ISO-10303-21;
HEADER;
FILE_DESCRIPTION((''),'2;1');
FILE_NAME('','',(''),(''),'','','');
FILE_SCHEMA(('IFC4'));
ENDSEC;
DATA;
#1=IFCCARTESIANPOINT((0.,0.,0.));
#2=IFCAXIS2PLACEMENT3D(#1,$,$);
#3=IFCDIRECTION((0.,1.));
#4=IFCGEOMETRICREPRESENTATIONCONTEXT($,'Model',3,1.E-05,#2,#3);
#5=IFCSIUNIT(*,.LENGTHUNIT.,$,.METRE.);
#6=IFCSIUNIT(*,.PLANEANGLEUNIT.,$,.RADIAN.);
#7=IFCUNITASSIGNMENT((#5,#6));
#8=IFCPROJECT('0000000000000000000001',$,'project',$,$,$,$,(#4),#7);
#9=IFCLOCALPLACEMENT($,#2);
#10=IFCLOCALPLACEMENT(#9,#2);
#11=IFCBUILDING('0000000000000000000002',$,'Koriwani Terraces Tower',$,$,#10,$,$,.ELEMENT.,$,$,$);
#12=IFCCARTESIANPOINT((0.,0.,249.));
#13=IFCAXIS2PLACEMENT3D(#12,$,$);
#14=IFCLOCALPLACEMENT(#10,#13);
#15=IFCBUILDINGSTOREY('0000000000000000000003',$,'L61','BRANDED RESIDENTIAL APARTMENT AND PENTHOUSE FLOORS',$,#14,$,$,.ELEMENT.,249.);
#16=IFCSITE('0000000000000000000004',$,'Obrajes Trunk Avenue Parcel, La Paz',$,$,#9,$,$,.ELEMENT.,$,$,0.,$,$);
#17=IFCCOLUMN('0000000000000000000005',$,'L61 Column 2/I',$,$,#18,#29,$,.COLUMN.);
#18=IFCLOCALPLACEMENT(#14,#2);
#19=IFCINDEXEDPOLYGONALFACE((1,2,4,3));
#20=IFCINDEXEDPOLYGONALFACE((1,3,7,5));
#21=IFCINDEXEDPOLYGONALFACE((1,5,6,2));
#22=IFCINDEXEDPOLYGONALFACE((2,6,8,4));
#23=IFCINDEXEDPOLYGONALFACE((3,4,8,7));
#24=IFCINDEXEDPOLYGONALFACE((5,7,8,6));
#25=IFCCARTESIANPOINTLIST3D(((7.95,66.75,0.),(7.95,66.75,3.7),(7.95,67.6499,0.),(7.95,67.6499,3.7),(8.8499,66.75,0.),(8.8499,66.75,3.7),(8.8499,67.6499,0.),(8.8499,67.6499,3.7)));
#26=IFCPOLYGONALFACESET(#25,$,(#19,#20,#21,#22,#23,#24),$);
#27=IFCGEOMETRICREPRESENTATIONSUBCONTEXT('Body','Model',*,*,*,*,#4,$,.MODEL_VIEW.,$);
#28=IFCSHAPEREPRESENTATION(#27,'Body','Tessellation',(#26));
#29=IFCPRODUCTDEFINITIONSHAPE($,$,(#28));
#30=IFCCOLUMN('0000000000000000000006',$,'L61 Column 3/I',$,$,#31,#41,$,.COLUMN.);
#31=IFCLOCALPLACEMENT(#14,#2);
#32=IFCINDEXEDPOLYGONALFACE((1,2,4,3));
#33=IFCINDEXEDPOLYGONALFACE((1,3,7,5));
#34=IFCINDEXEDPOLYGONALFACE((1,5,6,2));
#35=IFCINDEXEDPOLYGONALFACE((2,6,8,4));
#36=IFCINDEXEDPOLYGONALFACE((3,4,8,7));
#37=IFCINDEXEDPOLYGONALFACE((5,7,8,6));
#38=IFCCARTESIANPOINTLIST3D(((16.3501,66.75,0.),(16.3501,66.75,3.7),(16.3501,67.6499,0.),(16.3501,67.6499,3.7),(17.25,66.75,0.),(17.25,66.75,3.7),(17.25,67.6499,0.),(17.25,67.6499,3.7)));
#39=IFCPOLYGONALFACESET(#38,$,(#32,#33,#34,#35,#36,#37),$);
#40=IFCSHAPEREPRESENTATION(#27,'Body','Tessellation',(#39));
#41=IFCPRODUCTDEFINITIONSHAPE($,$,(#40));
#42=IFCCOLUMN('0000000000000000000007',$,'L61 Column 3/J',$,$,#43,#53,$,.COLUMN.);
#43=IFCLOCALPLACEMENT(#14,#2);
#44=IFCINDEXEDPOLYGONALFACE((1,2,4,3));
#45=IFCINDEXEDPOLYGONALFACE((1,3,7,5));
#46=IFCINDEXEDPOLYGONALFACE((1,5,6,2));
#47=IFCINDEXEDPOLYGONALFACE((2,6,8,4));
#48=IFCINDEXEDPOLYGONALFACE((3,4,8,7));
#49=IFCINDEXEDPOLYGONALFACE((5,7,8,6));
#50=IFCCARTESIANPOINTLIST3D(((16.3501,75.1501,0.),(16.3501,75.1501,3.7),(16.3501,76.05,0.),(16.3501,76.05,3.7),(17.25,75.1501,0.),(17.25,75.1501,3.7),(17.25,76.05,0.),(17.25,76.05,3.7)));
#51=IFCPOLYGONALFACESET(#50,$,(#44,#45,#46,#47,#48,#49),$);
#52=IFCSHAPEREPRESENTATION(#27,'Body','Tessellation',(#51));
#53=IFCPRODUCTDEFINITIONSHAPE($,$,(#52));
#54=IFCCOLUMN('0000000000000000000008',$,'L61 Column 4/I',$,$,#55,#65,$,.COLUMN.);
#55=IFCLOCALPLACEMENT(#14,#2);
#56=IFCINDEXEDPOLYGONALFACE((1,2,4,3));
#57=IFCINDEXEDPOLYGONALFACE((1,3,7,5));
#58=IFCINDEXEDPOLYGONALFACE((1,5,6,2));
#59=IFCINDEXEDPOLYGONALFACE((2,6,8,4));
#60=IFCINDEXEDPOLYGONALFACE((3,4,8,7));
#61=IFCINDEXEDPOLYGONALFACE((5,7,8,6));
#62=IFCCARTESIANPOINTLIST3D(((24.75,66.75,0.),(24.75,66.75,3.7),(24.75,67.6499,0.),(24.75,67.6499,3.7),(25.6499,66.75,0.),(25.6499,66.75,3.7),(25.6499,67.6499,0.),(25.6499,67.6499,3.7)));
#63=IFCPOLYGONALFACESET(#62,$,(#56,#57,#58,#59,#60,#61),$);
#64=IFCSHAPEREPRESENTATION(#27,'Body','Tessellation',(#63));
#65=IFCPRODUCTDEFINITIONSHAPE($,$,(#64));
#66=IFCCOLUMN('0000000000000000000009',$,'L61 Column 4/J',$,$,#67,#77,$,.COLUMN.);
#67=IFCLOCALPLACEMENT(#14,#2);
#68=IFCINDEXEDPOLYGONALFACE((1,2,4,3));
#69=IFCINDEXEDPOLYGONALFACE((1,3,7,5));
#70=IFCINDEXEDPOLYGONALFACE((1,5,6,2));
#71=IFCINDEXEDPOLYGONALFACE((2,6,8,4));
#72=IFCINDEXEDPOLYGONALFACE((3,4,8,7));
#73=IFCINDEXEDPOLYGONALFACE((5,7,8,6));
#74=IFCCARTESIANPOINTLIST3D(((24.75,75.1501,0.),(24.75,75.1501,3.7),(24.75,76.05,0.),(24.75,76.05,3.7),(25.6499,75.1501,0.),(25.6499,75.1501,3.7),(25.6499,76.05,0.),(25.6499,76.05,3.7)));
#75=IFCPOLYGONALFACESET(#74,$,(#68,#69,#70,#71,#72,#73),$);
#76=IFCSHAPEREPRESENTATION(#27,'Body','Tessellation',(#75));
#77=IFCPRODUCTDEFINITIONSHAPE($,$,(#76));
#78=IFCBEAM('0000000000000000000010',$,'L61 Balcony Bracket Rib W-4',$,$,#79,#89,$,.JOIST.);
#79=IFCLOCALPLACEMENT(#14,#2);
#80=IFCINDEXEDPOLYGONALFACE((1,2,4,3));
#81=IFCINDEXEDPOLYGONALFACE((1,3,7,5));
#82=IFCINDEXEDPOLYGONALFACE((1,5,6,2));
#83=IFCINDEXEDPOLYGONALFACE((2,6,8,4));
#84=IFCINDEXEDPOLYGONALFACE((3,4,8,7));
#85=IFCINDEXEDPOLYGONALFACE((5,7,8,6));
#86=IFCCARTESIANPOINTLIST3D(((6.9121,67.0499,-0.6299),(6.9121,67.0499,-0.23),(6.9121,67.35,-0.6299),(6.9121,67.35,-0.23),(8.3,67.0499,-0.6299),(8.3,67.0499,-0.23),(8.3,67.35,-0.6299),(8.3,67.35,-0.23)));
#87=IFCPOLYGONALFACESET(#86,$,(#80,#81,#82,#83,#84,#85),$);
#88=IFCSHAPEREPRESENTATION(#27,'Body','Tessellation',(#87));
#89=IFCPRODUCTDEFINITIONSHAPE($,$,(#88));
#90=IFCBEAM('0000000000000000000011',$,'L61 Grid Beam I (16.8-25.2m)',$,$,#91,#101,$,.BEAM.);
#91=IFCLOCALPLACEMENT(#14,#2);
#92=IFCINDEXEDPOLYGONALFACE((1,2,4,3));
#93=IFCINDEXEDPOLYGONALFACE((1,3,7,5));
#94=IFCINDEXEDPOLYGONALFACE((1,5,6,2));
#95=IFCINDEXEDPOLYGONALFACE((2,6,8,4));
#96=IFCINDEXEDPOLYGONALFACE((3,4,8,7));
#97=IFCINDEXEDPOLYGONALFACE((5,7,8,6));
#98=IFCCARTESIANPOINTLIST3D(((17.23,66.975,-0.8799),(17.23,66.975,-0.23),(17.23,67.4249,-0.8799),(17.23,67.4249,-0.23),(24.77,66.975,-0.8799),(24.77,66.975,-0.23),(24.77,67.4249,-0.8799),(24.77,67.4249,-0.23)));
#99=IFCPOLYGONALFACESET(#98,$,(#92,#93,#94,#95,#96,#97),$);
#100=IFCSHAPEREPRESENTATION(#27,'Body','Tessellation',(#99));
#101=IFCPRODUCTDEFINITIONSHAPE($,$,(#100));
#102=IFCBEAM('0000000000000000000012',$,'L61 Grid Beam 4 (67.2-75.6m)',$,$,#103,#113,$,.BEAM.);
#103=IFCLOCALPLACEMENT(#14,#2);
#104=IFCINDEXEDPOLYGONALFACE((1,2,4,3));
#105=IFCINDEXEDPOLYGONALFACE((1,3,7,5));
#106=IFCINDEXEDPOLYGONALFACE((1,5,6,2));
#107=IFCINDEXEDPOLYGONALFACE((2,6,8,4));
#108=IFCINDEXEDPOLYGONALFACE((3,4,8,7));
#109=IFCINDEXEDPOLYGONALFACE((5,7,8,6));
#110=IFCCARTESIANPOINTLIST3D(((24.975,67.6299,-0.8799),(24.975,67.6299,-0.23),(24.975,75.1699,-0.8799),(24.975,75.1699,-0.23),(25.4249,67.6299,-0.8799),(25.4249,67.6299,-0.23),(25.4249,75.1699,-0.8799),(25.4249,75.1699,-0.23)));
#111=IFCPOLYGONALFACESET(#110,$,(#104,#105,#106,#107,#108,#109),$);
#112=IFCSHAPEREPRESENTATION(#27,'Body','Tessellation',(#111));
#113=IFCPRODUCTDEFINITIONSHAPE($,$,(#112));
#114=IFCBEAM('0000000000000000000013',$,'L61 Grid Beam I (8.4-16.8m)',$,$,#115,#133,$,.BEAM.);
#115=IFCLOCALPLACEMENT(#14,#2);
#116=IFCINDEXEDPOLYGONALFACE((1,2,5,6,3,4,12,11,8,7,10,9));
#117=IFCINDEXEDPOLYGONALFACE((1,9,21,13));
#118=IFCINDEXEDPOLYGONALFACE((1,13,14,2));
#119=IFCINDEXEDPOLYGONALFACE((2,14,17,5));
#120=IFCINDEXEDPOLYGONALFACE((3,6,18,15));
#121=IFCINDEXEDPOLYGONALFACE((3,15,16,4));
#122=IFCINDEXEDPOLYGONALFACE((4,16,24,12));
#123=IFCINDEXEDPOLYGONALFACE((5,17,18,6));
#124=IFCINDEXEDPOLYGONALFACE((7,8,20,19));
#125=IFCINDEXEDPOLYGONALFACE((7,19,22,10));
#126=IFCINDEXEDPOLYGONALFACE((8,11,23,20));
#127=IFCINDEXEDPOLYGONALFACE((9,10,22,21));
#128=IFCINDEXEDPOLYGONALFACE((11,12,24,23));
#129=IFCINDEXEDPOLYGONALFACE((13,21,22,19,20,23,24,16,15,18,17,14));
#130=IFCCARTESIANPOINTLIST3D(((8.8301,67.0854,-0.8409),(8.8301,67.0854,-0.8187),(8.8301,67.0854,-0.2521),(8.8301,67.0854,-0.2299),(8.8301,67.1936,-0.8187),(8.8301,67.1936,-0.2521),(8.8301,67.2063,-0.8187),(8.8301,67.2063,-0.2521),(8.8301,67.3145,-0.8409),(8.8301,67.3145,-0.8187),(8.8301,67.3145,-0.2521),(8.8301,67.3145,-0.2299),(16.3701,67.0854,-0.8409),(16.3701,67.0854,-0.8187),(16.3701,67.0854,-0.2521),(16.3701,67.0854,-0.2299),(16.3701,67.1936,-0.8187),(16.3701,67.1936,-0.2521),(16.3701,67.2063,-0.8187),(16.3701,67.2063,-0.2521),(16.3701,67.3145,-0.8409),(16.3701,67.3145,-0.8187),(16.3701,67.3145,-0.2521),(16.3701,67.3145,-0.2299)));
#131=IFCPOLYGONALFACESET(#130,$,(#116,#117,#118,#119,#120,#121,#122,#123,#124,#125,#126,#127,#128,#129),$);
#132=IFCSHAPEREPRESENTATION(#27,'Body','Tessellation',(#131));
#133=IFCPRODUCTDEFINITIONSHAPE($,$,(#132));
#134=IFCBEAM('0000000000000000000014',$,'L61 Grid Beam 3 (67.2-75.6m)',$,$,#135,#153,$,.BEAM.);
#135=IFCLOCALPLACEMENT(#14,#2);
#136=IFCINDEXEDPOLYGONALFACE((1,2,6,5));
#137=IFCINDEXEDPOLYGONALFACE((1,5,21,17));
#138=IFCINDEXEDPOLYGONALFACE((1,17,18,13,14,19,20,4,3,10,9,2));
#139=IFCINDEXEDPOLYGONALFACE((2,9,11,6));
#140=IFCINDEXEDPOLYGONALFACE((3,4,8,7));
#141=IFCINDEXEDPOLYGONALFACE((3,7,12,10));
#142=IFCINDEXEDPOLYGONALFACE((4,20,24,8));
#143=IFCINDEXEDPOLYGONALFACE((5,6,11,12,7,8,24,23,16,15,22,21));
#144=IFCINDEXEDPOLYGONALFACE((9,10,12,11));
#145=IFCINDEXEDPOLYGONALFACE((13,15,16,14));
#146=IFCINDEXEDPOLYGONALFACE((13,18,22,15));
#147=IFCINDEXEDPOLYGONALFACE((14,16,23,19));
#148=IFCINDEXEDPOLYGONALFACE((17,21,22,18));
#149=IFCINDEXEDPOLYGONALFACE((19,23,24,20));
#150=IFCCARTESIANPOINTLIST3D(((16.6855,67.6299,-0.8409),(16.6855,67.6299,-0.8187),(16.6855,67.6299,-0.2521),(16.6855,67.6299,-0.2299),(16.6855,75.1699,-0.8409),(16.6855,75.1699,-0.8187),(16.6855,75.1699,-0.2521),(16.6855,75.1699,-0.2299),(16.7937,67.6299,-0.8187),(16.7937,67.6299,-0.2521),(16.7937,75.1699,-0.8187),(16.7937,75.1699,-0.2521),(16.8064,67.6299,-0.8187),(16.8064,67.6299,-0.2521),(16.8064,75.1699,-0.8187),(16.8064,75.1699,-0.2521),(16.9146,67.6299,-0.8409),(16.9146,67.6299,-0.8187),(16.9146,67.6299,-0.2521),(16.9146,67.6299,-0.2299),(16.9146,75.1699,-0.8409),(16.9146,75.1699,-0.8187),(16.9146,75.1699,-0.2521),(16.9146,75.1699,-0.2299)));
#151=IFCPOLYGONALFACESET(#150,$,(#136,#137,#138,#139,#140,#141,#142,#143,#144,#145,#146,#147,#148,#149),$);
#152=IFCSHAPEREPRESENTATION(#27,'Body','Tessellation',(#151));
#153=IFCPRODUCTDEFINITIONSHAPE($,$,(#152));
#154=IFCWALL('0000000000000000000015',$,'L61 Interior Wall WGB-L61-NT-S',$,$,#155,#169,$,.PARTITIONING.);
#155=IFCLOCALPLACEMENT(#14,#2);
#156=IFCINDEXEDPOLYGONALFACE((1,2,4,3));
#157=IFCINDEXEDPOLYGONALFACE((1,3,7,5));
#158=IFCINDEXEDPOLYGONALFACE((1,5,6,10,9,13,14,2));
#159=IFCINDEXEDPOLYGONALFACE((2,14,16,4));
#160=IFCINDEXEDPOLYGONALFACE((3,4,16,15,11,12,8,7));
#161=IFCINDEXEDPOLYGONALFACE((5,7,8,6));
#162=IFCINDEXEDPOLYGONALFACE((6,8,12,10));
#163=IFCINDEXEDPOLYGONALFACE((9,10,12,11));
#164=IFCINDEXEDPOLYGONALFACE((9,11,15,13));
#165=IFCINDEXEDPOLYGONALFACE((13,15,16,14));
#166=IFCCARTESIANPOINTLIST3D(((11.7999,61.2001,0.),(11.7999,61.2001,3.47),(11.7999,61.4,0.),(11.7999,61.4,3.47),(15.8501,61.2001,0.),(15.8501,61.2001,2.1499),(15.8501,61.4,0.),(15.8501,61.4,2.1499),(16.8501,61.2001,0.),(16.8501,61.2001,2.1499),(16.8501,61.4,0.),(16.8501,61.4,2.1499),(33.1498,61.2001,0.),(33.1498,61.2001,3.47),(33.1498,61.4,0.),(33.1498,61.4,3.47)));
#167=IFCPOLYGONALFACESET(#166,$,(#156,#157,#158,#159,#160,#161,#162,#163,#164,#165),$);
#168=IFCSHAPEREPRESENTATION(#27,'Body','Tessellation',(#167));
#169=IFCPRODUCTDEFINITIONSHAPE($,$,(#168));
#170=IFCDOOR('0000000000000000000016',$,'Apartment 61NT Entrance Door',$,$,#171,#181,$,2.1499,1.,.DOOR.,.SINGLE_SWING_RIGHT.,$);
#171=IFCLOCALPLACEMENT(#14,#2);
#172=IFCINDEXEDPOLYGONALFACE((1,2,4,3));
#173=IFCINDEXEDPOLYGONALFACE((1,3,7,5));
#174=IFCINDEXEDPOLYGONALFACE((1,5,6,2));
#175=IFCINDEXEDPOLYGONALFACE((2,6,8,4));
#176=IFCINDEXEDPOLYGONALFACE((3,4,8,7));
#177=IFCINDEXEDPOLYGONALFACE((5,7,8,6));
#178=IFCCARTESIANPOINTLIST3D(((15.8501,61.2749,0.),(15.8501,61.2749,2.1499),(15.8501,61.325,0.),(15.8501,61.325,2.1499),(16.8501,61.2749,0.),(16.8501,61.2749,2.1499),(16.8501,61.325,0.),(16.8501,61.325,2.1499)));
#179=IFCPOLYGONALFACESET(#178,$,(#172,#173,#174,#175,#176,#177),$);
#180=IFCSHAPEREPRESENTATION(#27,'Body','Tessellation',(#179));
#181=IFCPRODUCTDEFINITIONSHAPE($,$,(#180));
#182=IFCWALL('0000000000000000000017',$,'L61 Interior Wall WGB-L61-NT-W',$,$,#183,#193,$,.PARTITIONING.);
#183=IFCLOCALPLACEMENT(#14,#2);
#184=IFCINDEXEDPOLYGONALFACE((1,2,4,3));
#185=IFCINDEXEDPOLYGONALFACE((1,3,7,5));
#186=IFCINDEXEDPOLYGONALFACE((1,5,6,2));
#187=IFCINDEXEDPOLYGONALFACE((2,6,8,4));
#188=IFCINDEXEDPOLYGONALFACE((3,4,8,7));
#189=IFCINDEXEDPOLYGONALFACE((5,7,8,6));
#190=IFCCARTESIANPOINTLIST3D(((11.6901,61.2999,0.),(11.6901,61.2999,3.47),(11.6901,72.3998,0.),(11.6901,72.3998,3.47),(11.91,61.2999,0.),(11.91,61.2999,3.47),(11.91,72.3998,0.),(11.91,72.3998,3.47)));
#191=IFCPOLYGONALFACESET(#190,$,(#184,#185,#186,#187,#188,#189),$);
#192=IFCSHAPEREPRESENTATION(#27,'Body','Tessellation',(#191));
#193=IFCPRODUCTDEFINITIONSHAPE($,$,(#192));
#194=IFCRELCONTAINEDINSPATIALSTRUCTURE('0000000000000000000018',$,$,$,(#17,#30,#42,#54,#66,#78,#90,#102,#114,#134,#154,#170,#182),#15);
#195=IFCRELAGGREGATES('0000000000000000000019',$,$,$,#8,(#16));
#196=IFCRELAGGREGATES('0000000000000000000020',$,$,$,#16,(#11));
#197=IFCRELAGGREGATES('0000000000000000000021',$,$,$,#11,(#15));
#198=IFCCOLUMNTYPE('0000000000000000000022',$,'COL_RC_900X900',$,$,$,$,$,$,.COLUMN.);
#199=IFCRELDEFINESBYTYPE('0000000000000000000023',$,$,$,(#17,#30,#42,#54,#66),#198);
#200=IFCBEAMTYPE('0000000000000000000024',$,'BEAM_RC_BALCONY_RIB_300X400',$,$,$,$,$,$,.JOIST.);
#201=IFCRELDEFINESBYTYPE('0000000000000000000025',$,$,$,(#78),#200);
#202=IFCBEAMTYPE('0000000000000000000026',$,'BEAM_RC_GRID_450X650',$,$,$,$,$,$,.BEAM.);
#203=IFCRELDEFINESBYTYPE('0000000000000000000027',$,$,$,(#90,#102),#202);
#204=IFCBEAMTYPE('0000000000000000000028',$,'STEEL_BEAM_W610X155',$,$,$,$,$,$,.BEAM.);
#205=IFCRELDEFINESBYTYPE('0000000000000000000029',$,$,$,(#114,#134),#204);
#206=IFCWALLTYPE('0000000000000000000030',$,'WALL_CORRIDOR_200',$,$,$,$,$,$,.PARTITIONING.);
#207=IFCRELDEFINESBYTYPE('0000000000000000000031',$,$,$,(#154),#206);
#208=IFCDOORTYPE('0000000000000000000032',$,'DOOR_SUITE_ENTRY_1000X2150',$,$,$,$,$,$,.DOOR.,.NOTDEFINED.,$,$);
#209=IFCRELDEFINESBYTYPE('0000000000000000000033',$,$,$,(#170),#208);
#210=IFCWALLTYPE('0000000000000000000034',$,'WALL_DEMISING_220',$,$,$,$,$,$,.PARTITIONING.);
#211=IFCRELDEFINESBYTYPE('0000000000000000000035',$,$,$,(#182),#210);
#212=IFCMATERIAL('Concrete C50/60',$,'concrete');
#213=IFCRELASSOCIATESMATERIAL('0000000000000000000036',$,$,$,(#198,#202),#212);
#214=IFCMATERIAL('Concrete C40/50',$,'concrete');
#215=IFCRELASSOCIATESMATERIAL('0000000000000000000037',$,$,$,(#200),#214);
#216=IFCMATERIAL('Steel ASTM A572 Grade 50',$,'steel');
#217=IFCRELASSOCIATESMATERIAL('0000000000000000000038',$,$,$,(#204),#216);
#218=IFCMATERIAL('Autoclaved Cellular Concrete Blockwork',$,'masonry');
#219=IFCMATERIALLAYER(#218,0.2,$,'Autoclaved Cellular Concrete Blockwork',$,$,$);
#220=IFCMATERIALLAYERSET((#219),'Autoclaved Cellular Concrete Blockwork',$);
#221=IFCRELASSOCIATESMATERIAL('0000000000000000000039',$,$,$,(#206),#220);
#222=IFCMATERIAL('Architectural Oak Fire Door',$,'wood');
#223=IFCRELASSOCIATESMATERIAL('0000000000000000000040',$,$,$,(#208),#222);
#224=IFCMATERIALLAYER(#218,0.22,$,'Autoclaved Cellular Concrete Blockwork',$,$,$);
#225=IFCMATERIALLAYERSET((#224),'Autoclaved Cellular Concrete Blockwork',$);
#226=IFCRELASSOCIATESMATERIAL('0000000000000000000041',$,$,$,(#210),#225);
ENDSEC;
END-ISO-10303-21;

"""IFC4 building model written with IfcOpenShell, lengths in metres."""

from ifc_helpers import new_model, si_unit, direction, frame, frame_2d, origin, origin_2d, place, context, subcontext, project, spatial, rectangle, i_section, extrude, material, layer, layer_set, material_profile, profile_set, type_object, element, fill, save


model = new_model("IFC4")

# Units and contexts
model_context = context("Model", 3, precision=1e-05, world=origin(), true_north=direction((0.0, 1.0)))
body_context = subcontext(model_context, "Body", "Model", "MODEL_VIEW")
ifc_project = project(units=[si_unit("LENGTHUNIT", "METRE"), si_unit("PLANEANGLEUNIT", "RADIAN")], contexts=[model_context])

# Site, building, storey
site_placement = place(None, origin())
site = spatial("IfcSite", under=ifc_project, at=site_placement, Name="Obrajes Trunk Avenue Parcel, La Paz", CompositionType="ELEMENT", RefElevation=0.0)
building_placement = place(site_placement, origin())
building = spatial("IfcBuilding", under=site, at=building_placement, Name="Koriwani Terraces Tower", CompositionType="ELEMENT")
storey_placement = place(building_placement, frame((0.0, 0.0, 249.0)))
storey = spatial("IfcBuildingStorey", under=building, at=storey_placement, Name="L61", Description="BRANDED RESIDENTIAL APARTMENT AND PENTHOUSE FLOORS", CompositionType="ELEMENT", Elevation=249.0)

# Columns
ifc_material_1 = material(Name="Concrete C50/60", Category="concrete")
ifc_material_profile_1 = material_profile(ifc_material_1, rectangle(XDim=0.8999, YDim=0.8999, at=origin_2d()), Name="Concrete C50/60", Category="LoadBearing")
ifc_profile_set_1 = profile_set([ifc_material_profile_1], Name="Concrete C50/60")
column_type = type_object("IfcColumnType", Name="COL_RC_900X900", PredefinedType="COLUMN", material=ifc_profile_set_1)
for number, where, z_axis, x_axis, name in (
    (1, (8.3999, 67.2, 0.0), (0.0, 0.0, 1.0), (1.0, 0.0, 0.0), "L61 Column 2/I"),
    (2, (16.8, 67.2, 0.0), (0.0, 0.0, 1.0), (1.0, 0.0, 0.0), "L61 Column 3/I"),
    (3, (16.8, 75.6001, 0.0), (0.0, 0.0, 1.0), (1.0, 0.0, 0.0), "L61 Column 3/J"),
    (4, (25.2, 67.2, 0.0), (0.0, 0.0, 1.0), (1.0, 0.0, 0.0), "L61 Column 4/I"),
    (5, (25.2, 75.6001, 0.0), (0.0, 0.0, 1.0), (1.0, 0.0, 0.0), "L61 Column 4/J"),
):
    element("IfcColumn", number, at=place(storey_placement, frame(where, z_axis=z_axis, x_axis=x_axis)), inside=storey, type_object=column_type, Name=name, PredefinedType="COLUMN", context=body_context, shape_type="SweptSolid", body=[
        extrude(rectangle(XDim=0.8999, YDim=0.8999, at=origin_2d()), origin(), (0.0, 0.0, 1.0), 3.7),
    ])

# Beams
ifc_material_2 = material(Name="Concrete C40/50", Category="concrete")
ifc_material_profile_2 = material_profile(ifc_material_2, rectangle(XDim=0.3, YDim=0.3999, at=origin_2d()), Name="Concrete C40/50", Category="LoadBearing")
ifc_profile_set_2 = profile_set([ifc_material_profile_2], Name="Concrete C40/50")
beam_type_1 = type_object("IfcBeamType", Name="BEAM_RC_BALCONY_RIB_300X400", PredefinedType="JOIST", material=ifc_profile_set_2)
beam_placement = place(storey_placement, frame((6.9121, 67.2, -0.4299), z_axis=(1.0, 0.0, 0.0), x_axis=(0.0, 1.0, 0.0)))
element("IfcBeam", 6, at=beam_placement, inside=storey, type_object=beam_type_1, Name="L61 Balcony Bracket Rib W-4", PredefinedType="JOIST", context=body_context, shape_type="SweptSolid", body=[
    extrude(rectangle(XDim=0.3, YDim=0.3999, at=origin_2d()), origin(), (0.0, 0.0, 1.0), 1.3879),
])
ifc_material_profile_3 = material_profile(ifc_material_1, rectangle(XDim=0.45, YDim=0.6499, at=origin_2d()), Name="Concrete C50/60", Category="LoadBearing")
ifc_profile_set_3 = profile_set([ifc_material_profile_3], Name="Concrete C50/60")
beam_type_2 = type_object("IfcBeamType", Name="BEAM_RC_GRID_450X650", PredefinedType="BEAM", material=ifc_profile_set_3)
for number, where, z_axis, x_axis, name in (
    (7, (17.23, 67.2, -0.5549), (1.0, 0.0, 0.0), (0.0, 1.0, 0.0), "L61 Grid Beam I (16.8-25.2m)"),
    (8, (25.2, 67.6299, -0.5549), (0.0, 1.0, 0.0), (-1.0, 0.0, 0.0), "L61 Grid Beam 4 (67.2-75.6m)"),
):
    element("IfcBeam", number, at=place(storey_placement, frame(where, z_axis=z_axis, x_axis=x_axis)), inside=storey, type_object=beam_type_2, Name=name, PredefinedType="BEAM", context=body_context, shape_type="SweptSolid", body=[
        extrude(rectangle(XDim=0.45, YDim=0.6499, at=origin_2d()), origin(), (0.0, 0.0, 1.0), 7.54),
    ])
ifc_material_3 = material(Name="Steel ASTM A572 Grade 50", Category="steel")
ifc_material_profile_4 = material_profile(ifc_material_3, i_section(OverallWidth=0.229, OverallDepth=0.6111, WebThickness=0.0127, FlangeThickness=0.0222, at=origin_2d()), Name="Steel ASTM A572 Grade 50", Category="LoadBearing")
ifc_profile_set_4 = profile_set([ifc_material_profile_4], Name="Steel ASTM A572 Grade 50")
beam_type_3 = type_object("IfcBeamType", Name="STEEL_BEAM_W610X155", PredefinedType="BEAM", material=ifc_profile_set_4)
for number, where, z_axis, x_axis, name in (
    (9, (8.8301, 67.2, -0.5354), (1.0, 0.0, 0.0), (0.0, 1.0, 0.0), "L61 Grid Beam I (8.4-16.8m)"),
    (10, (16.8, 67.6299, -0.5354), (0.0, 1.0, 0.0), (-1.0, 0.0, 0.0), "L61 Grid Beam 3 (67.2-75.6m)"),
):
    element("IfcBeam", number, at=place(storey_placement, frame(where, z_axis=z_axis, x_axis=x_axis)), inside=storey, type_object=beam_type_3, Name=name, PredefinedType="BEAM", context=body_context, shape_type="SweptSolid", body=[
        extrude(i_section(OverallWidth=0.229, OverallDepth=0.6111, WebThickness=0.0127, FlangeThickness=0.0222, at=origin_2d()), origin(), (0.0, 0.0, 1.0), 7.54),
    ])

# Wall, opening, door
ifc_material_4 = material(Name="Autoclaved Cellular Concrete Blockwork", Category="masonry")
ifc_layer_1 = layer(ifc_material_4, 0.2, Name="Autoclaved Cellular Concrete Blockwork")
ifc_layer_set_1 = layer_set([ifc_layer_1], Name="Autoclaved Cellular Concrete Blockwork")
wall_type_1 = type_object("IfcWallType", Name="WALL_CORRIDOR_200", PredefinedType="PARTITIONING", material=ifc_layer_set_1)
wall_1_placement = place(storey_placement, frame((11.8, 61.3, 0.0), z_axis=(0.0, 0.0, 1.0), x_axis=(1.0, 0.0, 0.0)))
wall_1 = element("IfcWall", 11, at=wall_1_placement, inside=storey, type_object=wall_type_1, Name="L61 Interior Wall WGB-L61-NT-S", PredefinedType="PARTITIONING", context=body_context, shape_type="SweptSolid", body=[
    extrude(rectangle(XDim=21.3499, YDim=0.2, at=frame_2d((10.6748, 0.0))), origin(), (0.0, 0.0, 1.0), 3.47),
])
opening_1_placement = place(wall_1_placement, frame((4.05, 0.0, 0.0)))
opening_1 = element("IfcOpeningElement", 12, at=opening_1_placement, cuts=wall_1, PredefinedType="OPENING", context=body_context, shape_type="SweptSolid", body=[
    extrude(rectangle(XDim=1.0, YDim=2.1499, at=frame_2d((0.5, 1.075))), frame((0.0, 0.1099, 0.0), z_axis=(0.0, -1.0, 0.0), x_axis=(1.0, 0.0, 0.0)), (0.0, 0.0, 1.0), 0.22),
])
ifc_material_5 = material(Name="Architectural Oak Fire Door", Category="wood")
door_type_1 = type_object("IfcDoorType", Name="DOOR_SUITE_ENTRY_1000X2150", OperationType="NOTDEFINED", PredefinedType="DOOR", material=ifc_material_5)
door_1_placement = place(opening_1_placement, origin())
door_1 = element("IfcDoor", 13, at=door_1_placement, inside=storey, type_object=door_type_1, Name="Apartment 61NT Entrance Door", OperationType="SINGLE_SWING_RIGHT", OverallHeight=2.1499, OverallWidth=1.0, PredefinedType="DOOR", context=body_context, shape_type="SweptSolid", body=[
    extrude(rectangle(XDim=1.0, YDim=2.1499, at=frame_2d((0.5, 1.075))), frame((0.0, 0.0249, 0.0), z_axis=(0.0, -1.0, 0.0), x_axis=(1.0, 0.0, 0.0)), (0.0, 0.0, 1.0), 0.05),
])
fill(opening_1, door_1)

# Wall
ifc_layer_2 = layer(ifc_material_4, 0.22, Name="Autoclaved Cellular Concrete Blockwork")
ifc_layer_set_2 = layer_set([ifc_layer_2], Name="Autoclaved Cellular Concrete Blockwork")
wall_type_2 = type_object("IfcWallType", Name="WALL_DEMISING_220", PredefinedType="PARTITIONING", material=ifc_layer_set_2)
wall_2_placement = place(storey_placement, frame((11.8, 61.3, 0.0), z_axis=(0.0, 0.0, 1.0), x_axis=(0.0, 1.0, 0.0)))
element("IfcWall", 14, at=wall_2_placement, inside=storey, type_object=wall_type_2, Name="L61 Interior Wall WGB-L61-NT-W", PredefinedType="PARTITIONING", context=body_context, shape_type="SweptSolid", body=[
    extrude(rectangle(XDim=11.0999, YDim=0.22, at=frame_2d((5.5498, 0.0))), origin(), (0.0, 0.0, 1.0), 3.47),
])

save(model, "model.ifc")
